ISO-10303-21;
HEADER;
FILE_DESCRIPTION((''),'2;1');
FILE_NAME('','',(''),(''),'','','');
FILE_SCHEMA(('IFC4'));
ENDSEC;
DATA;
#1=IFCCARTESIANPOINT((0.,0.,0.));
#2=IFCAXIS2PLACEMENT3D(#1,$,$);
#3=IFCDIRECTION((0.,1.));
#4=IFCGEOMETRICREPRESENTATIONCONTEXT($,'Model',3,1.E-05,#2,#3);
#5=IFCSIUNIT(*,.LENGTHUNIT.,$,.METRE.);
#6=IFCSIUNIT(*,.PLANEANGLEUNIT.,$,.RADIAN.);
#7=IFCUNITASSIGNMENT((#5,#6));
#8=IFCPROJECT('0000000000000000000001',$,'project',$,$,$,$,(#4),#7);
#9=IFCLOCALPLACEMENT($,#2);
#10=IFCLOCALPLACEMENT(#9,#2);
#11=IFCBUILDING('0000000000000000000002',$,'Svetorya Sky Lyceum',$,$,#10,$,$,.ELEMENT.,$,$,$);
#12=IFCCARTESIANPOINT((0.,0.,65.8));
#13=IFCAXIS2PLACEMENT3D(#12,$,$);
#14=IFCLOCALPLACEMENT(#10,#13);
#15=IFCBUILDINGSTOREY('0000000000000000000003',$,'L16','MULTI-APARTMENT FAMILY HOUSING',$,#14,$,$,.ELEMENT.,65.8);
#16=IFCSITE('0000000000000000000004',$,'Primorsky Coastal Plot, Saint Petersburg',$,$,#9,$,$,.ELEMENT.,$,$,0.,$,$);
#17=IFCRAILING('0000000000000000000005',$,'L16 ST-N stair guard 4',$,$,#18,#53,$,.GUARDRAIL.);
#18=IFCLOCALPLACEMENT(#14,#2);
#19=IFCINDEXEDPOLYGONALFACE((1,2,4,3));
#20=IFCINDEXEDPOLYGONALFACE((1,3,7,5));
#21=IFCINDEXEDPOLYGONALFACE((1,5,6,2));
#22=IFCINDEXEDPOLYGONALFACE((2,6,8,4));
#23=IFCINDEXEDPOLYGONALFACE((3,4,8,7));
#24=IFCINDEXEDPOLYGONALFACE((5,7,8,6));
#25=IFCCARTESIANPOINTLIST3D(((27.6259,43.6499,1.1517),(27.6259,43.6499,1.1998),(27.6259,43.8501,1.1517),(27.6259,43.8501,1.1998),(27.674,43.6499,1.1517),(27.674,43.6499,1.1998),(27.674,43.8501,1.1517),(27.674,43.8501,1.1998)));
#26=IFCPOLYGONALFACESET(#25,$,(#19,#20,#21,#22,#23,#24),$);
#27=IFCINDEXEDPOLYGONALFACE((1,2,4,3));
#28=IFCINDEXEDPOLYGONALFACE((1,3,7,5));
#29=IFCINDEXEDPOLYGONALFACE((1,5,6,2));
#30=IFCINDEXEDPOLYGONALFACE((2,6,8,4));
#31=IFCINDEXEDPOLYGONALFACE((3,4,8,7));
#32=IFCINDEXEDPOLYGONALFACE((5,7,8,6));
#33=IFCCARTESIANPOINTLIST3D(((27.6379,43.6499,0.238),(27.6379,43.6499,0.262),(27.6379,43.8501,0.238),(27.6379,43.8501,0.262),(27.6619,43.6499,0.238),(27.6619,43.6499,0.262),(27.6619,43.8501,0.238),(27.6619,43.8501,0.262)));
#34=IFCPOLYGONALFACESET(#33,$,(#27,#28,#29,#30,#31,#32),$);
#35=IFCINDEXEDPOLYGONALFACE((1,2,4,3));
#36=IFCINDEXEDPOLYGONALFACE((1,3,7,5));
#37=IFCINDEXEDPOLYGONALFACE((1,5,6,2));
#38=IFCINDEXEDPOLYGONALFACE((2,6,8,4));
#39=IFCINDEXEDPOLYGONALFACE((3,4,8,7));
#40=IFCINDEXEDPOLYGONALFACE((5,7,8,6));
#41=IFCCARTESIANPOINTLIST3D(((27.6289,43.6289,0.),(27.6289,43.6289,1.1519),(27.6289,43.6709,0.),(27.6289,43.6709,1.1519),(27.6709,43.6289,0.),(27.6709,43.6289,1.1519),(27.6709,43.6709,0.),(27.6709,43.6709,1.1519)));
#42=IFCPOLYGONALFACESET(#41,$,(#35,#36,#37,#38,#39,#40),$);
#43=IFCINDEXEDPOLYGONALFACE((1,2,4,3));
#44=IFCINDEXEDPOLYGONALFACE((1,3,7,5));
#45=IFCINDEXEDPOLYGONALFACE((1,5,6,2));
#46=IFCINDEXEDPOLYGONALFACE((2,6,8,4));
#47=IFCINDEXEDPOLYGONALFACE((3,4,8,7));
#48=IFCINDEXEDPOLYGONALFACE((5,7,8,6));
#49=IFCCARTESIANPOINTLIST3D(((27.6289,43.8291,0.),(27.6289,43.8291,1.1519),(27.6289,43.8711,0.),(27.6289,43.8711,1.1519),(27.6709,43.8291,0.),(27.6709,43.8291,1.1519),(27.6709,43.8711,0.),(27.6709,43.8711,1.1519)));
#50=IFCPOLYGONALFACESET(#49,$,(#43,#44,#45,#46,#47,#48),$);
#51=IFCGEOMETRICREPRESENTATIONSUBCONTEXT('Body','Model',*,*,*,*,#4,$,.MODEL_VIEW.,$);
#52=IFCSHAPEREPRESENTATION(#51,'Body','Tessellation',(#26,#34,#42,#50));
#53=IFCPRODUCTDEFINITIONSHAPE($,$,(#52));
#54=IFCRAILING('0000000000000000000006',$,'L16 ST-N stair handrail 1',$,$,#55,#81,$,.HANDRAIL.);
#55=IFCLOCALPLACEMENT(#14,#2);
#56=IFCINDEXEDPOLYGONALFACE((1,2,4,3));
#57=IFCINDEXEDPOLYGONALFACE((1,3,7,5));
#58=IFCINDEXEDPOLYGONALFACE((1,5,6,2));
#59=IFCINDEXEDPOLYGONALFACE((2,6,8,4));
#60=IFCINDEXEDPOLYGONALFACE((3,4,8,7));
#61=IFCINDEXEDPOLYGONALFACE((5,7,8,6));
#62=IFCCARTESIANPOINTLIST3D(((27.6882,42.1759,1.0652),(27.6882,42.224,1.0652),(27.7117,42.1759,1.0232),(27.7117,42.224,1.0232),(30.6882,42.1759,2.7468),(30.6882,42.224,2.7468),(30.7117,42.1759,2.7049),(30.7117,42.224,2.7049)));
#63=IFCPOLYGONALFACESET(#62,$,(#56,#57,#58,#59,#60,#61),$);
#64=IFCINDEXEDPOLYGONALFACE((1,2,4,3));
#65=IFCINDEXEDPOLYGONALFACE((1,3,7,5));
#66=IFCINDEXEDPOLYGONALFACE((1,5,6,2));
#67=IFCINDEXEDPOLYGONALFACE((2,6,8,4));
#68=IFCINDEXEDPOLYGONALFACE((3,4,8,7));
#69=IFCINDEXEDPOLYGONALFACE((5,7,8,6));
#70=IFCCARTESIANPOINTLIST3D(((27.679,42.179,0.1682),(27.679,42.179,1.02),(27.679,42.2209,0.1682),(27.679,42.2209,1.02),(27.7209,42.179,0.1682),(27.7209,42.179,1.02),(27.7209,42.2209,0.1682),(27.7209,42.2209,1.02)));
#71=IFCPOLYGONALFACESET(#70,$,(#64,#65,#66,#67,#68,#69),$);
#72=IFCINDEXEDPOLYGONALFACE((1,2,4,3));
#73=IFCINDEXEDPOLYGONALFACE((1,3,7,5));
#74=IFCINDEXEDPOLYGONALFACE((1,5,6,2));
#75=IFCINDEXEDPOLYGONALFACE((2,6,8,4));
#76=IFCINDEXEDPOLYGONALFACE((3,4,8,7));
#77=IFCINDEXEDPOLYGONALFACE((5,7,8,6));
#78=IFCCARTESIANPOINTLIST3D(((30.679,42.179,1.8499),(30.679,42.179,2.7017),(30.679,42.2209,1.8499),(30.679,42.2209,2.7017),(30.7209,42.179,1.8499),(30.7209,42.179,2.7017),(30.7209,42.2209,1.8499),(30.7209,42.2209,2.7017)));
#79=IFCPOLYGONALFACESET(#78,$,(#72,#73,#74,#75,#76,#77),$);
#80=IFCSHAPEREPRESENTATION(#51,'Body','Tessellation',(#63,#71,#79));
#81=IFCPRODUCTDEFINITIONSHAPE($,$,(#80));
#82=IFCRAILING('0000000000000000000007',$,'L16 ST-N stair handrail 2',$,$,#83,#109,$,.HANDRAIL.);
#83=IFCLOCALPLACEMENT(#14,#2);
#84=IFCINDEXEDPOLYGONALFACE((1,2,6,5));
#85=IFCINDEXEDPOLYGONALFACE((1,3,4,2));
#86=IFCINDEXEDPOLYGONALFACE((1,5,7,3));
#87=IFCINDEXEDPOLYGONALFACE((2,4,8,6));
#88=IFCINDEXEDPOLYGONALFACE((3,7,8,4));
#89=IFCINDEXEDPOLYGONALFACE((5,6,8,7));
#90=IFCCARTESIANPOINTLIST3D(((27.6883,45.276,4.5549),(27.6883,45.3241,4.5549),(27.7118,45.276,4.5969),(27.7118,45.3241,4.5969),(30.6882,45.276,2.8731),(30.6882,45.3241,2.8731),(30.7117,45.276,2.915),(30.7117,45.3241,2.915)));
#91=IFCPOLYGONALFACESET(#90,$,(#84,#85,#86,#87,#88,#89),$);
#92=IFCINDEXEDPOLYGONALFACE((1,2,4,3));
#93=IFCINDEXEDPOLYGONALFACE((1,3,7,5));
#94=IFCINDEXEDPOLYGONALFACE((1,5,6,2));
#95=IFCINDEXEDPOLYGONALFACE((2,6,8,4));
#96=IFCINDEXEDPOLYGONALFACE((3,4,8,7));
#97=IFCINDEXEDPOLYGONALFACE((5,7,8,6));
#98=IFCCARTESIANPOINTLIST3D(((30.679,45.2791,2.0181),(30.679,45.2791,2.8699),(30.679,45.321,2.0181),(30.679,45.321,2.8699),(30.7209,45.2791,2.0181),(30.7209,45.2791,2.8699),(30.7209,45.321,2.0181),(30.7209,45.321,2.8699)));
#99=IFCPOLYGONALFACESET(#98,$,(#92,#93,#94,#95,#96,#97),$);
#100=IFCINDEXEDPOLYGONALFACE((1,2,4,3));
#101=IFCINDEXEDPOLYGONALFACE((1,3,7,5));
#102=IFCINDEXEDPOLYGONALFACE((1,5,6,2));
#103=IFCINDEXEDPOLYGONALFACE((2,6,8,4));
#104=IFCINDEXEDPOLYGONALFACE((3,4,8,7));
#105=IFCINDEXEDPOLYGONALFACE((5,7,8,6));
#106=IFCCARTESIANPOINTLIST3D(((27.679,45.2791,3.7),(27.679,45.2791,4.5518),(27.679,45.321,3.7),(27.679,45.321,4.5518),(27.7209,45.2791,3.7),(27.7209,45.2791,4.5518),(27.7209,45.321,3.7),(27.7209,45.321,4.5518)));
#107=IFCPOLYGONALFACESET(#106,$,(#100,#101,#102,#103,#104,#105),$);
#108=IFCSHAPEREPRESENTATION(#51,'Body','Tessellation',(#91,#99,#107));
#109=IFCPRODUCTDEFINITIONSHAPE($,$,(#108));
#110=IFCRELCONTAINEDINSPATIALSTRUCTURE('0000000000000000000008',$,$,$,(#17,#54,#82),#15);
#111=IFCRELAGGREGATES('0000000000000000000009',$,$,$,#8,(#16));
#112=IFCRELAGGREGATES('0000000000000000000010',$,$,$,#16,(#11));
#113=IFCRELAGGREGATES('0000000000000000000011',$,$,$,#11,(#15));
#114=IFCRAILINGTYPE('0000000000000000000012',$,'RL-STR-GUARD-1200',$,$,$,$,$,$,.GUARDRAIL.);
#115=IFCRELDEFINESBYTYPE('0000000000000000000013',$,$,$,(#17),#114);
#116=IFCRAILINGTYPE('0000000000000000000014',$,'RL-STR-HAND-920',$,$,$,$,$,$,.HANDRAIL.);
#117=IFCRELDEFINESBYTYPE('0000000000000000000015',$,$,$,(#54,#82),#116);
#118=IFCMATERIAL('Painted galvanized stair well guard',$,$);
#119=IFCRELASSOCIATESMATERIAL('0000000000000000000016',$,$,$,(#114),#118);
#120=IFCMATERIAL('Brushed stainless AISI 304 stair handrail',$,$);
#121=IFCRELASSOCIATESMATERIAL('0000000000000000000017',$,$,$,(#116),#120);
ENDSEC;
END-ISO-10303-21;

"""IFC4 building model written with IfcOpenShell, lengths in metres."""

from ifc_helpers import new_model, si_unit, direction, frame, origin, origin_2d, place, context, subcontext, project, spatial, rectangle, extrude, material, type_object, element, save


model = new_model("IFC4")

# Units and contexts
model_context = context("Model", 3, precision=1e-05, world=origin(), true_north=direction((0.0, 1.0)))
body_context = subcontext(model_context, "Body", "Model", "MODEL_VIEW")
ifc_project = project(units=[si_unit("LENGTHUNIT", "METRE"), si_unit("PLANEANGLEUNIT", "RADIAN")], contexts=[model_context])

# Site, building, storey
site_placement = place(None, origin())
site = spatial("IfcSite", under=ifc_project, at=site_placement, Name="Primorsky Coastal Plot, Saint Petersburg", CompositionType="ELEMENT", RefElevation=0.0)
building_placement = place(site_placement, origin())
building = spatial("IfcBuilding", under=site, at=building_placement, Name="Svetorya Sky Lyceum", CompositionType="ELEMENT")
storey_placement = place(building_placement, frame((0.0, 0.0, 65.8)))
storey = spatial("IfcBuildingStorey", under=building, at=storey_placement, Name="L16", Description="MULTI-APARTMENT FAMILY HOUSING", CompositionType="ELEMENT", Elevation=65.8)

# Railings
ifc_material_1 = material(Name="Painted galvanized stair well guard")
railing_type_1 = type_object("IfcRailingType", Name="RL-STR-GUARD-1200", PredefinedType="GUARDRAIL", material=ifc_material_1)
railing_1_placement = place(storey_placement, frame((27.6499, 43.6499, 0.0)))
element("IfcRailing", 1, at=railing_1_placement, inside=storey, type_object=railing_type_1, Name="L16 ST-N stair guard 4", PredefinedType="GUARDRAIL", context=body_context, shape_type="SweptSolid", body=[
    extrude(rectangle(XDim=0.0481, YDim=0.0481, at=origin_2d()), frame((0.0, 0.0, 1.1758), z_axis=(0.0, 1.0, 0.0), x_axis=(-1.0, 0.0, 0.0)), (0.0, 0.0, 1.0), 0.2002),
    extrude(rectangle(XDim=0.0239, YDim=0.0239, at=origin_2d()), frame((0.0, 0.0, 0.25), z_axis=(0.0, 1.0, 0.0), x_axis=(-1.0, 0.0, 0.0)), (0.0, 0.0, 1.0), 0.2002),
    extrude(rectangle(XDim=0.042, YDim=0.042, at=origin_2d()), origin(), (0.0, 0.0, 1.0), 1.1519),
    extrude(rectangle(XDim=0.042, YDim=0.042, at=origin_2d()), frame((0.0, 0.2002, 0.0)), (0.0, 0.0, 1.0), 1.1519),
])
ifc_material_2 = material(Name="Brushed stainless AISI 304 stair handrail")
railing_type_2 = type_object("IfcRailingType", Name="RL-STR-HAND-920", PredefinedType="HANDRAIL", material=ifc_material_2)
railing_2_placement = place(storey_placement, frame((27.7, 42.2, 0.1682)))
element("IfcRailing", 2, at=railing_2_placement, inside=storey, type_object=railing_type_2, Name="L16 ST-N stair handrail 1", PredefinedType="HANDRAIL", context=body_context, shape_type="SweptSolid", body=[
    extrude(rectangle(XDim=0.0481, YDim=0.0481, at=origin_2d()), frame((0.0, 0.0, 0.876), z_axis=(0.872303, 0.0, 0.488966), x_axis=(0.0, 1.0, 0.0)), (0.0, 0.0, 1.0), 3.4392),
    extrude(rectangle(XDim=0.042, YDim=0.042, at=origin_2d()), origin(), (0.0, 0.0, 1.0), 0.8518),
    extrude(rectangle(XDim=0.042, YDim=0.042, at=origin_2d()), frame((3.0, 0.0, 1.6816)), (0.0, 0.0, 1.0), 0.8518),
])
railing_3_placement = place(storey_placement, frame((30.7, 45.3, 2.0181)))
element("IfcRailing", 3, at=railing_3_placement, inside=storey, type_object=railing_type_2, Name="L16 ST-N stair handrail 2", PredefinedType="HANDRAIL", context=body_context, shape_type="SweptSolid", body=[
    extrude(rectangle(XDim=0.0481, YDim=0.0481, at=origin_2d()), frame((0.0, 0.0, 0.876), z_axis=(-0.872272, 0.0, 0.48902), x_axis=(0.0, -1.0, 0.0)), (0.0, 0.0, 1.0), 3.4392),
    extrude(rectangle(XDim=0.042, YDim=0.042, at=origin_2d()), origin(), (0.0, 0.0, 1.0), 0.8518),
    extrude(rectangle(XDim=0.042, YDim=0.042, at=origin_2d()), frame((-3.0, 0.0, 1.6819)), (0.0, 0.0, 1.0), 0.8518),
])

save(model, "model.ifc")
